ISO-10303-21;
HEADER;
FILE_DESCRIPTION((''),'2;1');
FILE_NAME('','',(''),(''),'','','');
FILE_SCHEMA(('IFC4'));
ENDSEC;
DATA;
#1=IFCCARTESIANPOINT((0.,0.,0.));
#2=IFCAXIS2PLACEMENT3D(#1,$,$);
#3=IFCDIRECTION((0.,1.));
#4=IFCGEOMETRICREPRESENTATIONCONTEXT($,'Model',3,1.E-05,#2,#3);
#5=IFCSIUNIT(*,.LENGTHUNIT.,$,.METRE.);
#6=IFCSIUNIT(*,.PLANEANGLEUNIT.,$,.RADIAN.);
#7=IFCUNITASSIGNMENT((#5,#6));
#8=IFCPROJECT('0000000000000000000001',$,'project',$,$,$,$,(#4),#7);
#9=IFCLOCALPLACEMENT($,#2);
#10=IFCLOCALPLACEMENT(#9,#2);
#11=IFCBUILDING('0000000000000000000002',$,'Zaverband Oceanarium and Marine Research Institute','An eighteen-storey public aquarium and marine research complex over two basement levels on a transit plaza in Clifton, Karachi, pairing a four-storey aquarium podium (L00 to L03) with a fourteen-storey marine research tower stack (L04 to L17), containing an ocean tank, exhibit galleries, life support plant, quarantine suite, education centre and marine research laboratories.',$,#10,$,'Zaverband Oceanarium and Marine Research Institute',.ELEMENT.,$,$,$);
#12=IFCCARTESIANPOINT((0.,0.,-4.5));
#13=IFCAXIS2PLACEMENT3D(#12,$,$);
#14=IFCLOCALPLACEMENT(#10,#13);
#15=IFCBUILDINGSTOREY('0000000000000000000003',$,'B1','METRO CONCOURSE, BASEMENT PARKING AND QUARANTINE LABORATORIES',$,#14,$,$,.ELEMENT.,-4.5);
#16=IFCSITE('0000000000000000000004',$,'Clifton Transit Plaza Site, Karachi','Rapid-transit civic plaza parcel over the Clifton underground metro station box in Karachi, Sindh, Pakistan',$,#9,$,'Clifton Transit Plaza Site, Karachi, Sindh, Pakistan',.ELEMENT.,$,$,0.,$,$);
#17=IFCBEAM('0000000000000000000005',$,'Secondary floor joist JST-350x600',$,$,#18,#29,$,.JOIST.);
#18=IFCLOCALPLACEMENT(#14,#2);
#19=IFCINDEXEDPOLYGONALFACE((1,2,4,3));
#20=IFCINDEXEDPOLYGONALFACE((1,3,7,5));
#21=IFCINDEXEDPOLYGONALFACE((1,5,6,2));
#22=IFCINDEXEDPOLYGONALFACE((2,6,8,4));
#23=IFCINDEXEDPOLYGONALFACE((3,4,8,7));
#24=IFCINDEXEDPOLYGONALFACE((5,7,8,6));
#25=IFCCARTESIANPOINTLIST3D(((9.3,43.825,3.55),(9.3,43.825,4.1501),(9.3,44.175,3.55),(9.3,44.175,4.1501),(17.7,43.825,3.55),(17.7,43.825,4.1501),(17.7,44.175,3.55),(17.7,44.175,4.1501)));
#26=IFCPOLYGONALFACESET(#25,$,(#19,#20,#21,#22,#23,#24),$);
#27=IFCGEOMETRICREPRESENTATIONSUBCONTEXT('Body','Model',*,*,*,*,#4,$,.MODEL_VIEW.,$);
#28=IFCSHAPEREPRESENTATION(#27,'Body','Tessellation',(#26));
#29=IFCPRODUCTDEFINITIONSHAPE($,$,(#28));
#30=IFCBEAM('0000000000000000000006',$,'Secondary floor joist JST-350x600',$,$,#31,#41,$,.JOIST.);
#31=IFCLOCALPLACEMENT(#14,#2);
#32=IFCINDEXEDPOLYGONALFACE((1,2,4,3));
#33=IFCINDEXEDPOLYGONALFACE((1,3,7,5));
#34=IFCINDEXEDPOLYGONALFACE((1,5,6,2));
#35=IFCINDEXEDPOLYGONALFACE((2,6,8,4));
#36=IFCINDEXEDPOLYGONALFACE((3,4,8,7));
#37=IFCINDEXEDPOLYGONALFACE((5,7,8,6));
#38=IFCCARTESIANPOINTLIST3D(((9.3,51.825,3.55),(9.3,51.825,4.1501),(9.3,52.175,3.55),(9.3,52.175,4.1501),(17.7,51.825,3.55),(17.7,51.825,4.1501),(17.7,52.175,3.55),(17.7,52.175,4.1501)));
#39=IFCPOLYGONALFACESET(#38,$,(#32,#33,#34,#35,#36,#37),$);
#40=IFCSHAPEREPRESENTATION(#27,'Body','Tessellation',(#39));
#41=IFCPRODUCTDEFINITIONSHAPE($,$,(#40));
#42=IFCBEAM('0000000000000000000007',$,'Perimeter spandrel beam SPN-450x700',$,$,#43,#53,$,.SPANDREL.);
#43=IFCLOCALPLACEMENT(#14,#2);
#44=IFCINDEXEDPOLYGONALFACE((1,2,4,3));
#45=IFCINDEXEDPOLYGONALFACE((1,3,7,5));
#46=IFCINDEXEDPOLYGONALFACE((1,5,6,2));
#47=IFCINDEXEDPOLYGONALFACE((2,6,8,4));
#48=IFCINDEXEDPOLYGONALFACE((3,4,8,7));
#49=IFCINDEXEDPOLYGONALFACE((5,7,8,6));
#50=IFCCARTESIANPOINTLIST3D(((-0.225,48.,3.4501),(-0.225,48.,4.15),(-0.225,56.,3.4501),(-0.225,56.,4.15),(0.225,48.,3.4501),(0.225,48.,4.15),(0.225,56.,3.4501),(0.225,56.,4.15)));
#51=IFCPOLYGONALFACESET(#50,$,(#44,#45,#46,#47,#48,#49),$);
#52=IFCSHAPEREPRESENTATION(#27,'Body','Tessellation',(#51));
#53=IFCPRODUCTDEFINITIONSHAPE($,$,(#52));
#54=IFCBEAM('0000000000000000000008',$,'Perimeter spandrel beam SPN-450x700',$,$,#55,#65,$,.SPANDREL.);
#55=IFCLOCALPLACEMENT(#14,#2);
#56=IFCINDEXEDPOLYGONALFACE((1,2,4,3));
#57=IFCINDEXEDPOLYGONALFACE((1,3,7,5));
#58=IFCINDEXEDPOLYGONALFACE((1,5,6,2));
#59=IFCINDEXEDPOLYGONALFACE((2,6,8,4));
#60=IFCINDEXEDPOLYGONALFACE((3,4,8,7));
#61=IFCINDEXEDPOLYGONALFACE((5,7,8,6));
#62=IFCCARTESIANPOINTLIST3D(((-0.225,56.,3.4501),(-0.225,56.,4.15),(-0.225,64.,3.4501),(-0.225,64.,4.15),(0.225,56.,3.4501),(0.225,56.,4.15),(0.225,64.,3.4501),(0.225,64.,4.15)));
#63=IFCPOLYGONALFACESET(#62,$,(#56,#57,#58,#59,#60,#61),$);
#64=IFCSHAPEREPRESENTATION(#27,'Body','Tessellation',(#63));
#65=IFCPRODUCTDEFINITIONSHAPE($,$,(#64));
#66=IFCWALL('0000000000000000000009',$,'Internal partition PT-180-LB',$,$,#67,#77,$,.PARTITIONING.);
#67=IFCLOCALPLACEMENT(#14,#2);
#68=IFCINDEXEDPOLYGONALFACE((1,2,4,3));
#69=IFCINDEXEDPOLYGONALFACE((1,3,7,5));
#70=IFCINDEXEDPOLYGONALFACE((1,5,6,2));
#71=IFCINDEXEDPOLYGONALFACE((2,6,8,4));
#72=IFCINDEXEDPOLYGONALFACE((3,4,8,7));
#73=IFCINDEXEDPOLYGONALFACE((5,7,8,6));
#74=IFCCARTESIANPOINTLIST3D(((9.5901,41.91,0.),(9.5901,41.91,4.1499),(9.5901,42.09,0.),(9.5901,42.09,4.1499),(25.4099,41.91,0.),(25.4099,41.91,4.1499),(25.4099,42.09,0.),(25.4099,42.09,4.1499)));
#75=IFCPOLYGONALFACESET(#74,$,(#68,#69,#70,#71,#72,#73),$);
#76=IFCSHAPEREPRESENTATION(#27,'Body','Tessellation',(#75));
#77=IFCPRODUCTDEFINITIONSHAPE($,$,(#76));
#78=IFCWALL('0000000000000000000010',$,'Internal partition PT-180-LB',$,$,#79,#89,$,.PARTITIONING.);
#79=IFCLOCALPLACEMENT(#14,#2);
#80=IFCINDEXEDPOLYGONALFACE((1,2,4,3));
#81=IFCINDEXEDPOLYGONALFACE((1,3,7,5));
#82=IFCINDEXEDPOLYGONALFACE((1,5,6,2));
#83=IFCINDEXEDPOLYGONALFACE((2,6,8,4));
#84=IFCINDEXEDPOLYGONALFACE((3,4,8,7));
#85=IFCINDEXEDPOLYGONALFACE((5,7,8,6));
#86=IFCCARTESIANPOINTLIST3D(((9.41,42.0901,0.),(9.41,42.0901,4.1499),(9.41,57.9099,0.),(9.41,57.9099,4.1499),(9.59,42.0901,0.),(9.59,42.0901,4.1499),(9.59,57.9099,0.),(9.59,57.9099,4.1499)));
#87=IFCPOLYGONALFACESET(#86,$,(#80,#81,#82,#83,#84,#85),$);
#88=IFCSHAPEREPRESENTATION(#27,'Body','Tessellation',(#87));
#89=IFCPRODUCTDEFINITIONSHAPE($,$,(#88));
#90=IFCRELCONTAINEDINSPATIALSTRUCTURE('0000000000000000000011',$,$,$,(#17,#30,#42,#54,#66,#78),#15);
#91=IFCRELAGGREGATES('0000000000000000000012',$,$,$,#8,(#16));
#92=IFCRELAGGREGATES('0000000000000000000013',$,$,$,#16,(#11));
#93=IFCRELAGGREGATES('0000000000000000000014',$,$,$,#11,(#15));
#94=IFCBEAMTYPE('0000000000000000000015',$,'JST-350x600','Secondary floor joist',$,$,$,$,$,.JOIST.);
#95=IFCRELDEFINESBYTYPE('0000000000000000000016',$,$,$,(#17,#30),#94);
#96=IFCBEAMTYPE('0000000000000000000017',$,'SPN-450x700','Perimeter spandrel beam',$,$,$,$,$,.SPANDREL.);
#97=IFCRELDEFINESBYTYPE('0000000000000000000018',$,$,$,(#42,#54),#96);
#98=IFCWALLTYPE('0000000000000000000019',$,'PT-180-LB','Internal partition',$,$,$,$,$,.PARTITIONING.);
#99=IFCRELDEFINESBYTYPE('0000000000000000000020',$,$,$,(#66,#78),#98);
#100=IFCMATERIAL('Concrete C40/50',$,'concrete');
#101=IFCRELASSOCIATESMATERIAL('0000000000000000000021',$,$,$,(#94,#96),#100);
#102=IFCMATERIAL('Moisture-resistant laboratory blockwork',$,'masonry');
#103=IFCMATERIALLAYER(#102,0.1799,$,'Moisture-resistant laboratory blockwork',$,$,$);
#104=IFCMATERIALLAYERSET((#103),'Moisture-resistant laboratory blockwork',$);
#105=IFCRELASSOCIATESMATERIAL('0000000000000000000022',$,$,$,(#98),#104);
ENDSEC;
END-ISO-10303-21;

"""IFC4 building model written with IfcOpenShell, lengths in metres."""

from ifc_helpers import new_model, si_unit, direction, frame, frame_2d, origin, origin_2d, place, context, subcontext, project, spatial, rectangle, extrude, material, layer, layer_set, material_profile, profile_set, type_object, element, save


model = new_model("IFC4")

# Units and contexts
model_context = context("Model", 3, precision=1e-05, world=origin(), true_north=direction((0.0, 1.0)))
body_context = subcontext(model_context, "Body", "Model", "MODEL_VIEW")
ifc_project = project(units=[si_unit("LENGTHUNIT", "METRE"), si_unit("PLANEANGLEUNIT", "RADIAN")], contexts=[model_context])

# Site, building, storey
site_placement = place(None, origin())
site = spatial("IfcSite", under=ifc_project, at=site_placement, Name="Clifton Transit Plaza Site, Karachi", Description="Rapid-transit civic plaza parcel over the Clifton underground metro station box in Karachi, Sindh, Pakistan", LongName="Clifton Transit Plaza Site, Karachi, Sindh, Pakistan", CompositionType="ELEMENT", RefElevation=0.0)
building_placement = place(site_placement, origin())
building = spatial("IfcBuilding", under=site, at=building_placement, Name="Zaverband Oceanarium and Marine Research Institute", Description="An eighteen-storey public aquarium and marine research complex over two basement levels on a transit plaza in Clifton, Karachi, pairing a four-storey aquarium podium (L00 to L03) with a fourteen-storey marine research tower stack (L04 to L17), containing an ocean tank, exhibit galleries, life support plant, quarantine suite, education centre and marine research laboratories.", LongName="Zaverband Oceanarium and Marine Research Institute", CompositionType="ELEMENT")
storey_placement = place(building_placement, frame((0.0, 0.0, -4.5)))
storey = spatial("IfcBuildingStorey", under=building, at=storey_placement, Name="B1", Description="METRO CONCOURSE, BASEMENT PARKING AND QUARANTINE LABORATORIES", CompositionType="ELEMENT", Elevation=-4.5)

# Beams
ifc_material_1 = material(Name="Concrete C40/50", Category="concrete")
ifc_material_profile_1 = material_profile(ifc_material_1, rectangle(XDim=0.3501, YDim=0.6001, at=origin_2d()), Name="RC350x600")
ifc_profile_set_1 = profile_set([ifc_material_profile_1], Name="Concrete C40/50")
beam_type_1 = type_object("IfcBeamType", Name="JST-350x600", Description="Secondary floor joist", PredefinedType="JOIST", material=ifc_profile_set_1)
for number, where, z_axis, x_axis, name in (
    (1, (9.3, 44.0, 3.8501), (1.0, 0.0, 0.0), (0.0, 1.0, 0.0), "Secondary floor joist JST-350x600"),
    (2, (9.3, 52.0, 3.8501), (1.0, 0.0, 0.0), (0.0, 1.0, 0.0), "Secondary floor joist JST-350x600"),
):
    element("IfcBeam", number, at=place(storey_placement, frame(where, z_axis=z_axis, x_axis=x_axis)), inside=storey, type_object=beam_type_1, Name=name, PredefinedType="JOIST", context=body_context, shape_type="SweptSolid", body=[
        extrude(rectangle(XDim=0.3501, YDim=0.6001, at=origin_2d()), origin(), (0.0, 0.0, 1.0), 8.3999),
    ])
ifc_material_profile_2 = material_profile(ifc_material_1, rectangle(XDim=0.45, YDim=0.7, at=origin_2d()), Name="RC450x700")
ifc_profile_set_2 = profile_set([ifc_material_profile_2], Name="Concrete C40/50")
beam_type_2 = type_object("IfcBeamType", Name="SPN-450x700", Description="Perimeter spandrel beam", PredefinedType="SPANDREL", material=ifc_profile_set_2)
for number, where, z_axis, x_axis, name in (
    (3, (0.0, 48.0, 3.8), (0.0, 1.0, 0.0), (-1.0, 0.0, 0.0), "Perimeter spandrel beam SPN-450x700"),
    (4, (0.0, 56.0, 3.8), (0.0, 1.0, 0.0), (-1.0, 0.0, 0.0), "Perimeter spandrel beam SPN-450x700"),
):
    element("IfcBeam", number, at=place(storey_placement, frame(where, z_axis=z_axis, x_axis=x_axis)), inside=storey, type_object=beam_type_2, Name=name, PredefinedType="SPANDREL", context=body_context, shape_type="SweptSolid", body=[
        extrude(rectangle(XDim=0.45, YDim=0.7, at=origin_2d()), origin(), (0.0, 0.0, 1.0), 8.0),
    ])

# Walls
ifc_material_2 = material(Name="Moisture-resistant laboratory blockwork", Category="masonry")
ifc_layer = layer(ifc_material_2, 0.1799, Name="Moisture-resistant laboratory blockwork")
ifc_layer_set = layer_set([ifc_layer], Name="Moisture-resistant laboratory blockwork")
wall_type = type_object("IfcWallType", Name="PT-180-LB", Description="Internal partition", PredefinedType="PARTITIONING", material=ifc_layer_set)
for number, where, z_axis, x_axis, name in (
    (5, (9.5901, 42.0, 0.0), (0.0, 0.0, 1.0), (1.0, 0.0, 0.0), "Internal partition PT-180-LB"),
    (6, (9.5, 42.0901, 0.0), (0.0, 0.0, 1.0), (0.0, 1.0, 0.0), "Internal partition PT-180-LB"),
):
    element("IfcWall", number, at=place(storey_placement, frame(where, z_axis=z_axis, x_axis=x_axis)), inside=storey, type_object=wall_type, Name=name, PredefinedType="PARTITIONING", context=body_context, shape_type="SweptSolid", body=[
        extrude(rectangle(XDim=15.8198, YDim=0.1799, at=frame_2d((7.9099, 0.0))), origin(), (0.0, 0.0, 1.0), 4.1499),
    ])

save(model, "model.ifc")
